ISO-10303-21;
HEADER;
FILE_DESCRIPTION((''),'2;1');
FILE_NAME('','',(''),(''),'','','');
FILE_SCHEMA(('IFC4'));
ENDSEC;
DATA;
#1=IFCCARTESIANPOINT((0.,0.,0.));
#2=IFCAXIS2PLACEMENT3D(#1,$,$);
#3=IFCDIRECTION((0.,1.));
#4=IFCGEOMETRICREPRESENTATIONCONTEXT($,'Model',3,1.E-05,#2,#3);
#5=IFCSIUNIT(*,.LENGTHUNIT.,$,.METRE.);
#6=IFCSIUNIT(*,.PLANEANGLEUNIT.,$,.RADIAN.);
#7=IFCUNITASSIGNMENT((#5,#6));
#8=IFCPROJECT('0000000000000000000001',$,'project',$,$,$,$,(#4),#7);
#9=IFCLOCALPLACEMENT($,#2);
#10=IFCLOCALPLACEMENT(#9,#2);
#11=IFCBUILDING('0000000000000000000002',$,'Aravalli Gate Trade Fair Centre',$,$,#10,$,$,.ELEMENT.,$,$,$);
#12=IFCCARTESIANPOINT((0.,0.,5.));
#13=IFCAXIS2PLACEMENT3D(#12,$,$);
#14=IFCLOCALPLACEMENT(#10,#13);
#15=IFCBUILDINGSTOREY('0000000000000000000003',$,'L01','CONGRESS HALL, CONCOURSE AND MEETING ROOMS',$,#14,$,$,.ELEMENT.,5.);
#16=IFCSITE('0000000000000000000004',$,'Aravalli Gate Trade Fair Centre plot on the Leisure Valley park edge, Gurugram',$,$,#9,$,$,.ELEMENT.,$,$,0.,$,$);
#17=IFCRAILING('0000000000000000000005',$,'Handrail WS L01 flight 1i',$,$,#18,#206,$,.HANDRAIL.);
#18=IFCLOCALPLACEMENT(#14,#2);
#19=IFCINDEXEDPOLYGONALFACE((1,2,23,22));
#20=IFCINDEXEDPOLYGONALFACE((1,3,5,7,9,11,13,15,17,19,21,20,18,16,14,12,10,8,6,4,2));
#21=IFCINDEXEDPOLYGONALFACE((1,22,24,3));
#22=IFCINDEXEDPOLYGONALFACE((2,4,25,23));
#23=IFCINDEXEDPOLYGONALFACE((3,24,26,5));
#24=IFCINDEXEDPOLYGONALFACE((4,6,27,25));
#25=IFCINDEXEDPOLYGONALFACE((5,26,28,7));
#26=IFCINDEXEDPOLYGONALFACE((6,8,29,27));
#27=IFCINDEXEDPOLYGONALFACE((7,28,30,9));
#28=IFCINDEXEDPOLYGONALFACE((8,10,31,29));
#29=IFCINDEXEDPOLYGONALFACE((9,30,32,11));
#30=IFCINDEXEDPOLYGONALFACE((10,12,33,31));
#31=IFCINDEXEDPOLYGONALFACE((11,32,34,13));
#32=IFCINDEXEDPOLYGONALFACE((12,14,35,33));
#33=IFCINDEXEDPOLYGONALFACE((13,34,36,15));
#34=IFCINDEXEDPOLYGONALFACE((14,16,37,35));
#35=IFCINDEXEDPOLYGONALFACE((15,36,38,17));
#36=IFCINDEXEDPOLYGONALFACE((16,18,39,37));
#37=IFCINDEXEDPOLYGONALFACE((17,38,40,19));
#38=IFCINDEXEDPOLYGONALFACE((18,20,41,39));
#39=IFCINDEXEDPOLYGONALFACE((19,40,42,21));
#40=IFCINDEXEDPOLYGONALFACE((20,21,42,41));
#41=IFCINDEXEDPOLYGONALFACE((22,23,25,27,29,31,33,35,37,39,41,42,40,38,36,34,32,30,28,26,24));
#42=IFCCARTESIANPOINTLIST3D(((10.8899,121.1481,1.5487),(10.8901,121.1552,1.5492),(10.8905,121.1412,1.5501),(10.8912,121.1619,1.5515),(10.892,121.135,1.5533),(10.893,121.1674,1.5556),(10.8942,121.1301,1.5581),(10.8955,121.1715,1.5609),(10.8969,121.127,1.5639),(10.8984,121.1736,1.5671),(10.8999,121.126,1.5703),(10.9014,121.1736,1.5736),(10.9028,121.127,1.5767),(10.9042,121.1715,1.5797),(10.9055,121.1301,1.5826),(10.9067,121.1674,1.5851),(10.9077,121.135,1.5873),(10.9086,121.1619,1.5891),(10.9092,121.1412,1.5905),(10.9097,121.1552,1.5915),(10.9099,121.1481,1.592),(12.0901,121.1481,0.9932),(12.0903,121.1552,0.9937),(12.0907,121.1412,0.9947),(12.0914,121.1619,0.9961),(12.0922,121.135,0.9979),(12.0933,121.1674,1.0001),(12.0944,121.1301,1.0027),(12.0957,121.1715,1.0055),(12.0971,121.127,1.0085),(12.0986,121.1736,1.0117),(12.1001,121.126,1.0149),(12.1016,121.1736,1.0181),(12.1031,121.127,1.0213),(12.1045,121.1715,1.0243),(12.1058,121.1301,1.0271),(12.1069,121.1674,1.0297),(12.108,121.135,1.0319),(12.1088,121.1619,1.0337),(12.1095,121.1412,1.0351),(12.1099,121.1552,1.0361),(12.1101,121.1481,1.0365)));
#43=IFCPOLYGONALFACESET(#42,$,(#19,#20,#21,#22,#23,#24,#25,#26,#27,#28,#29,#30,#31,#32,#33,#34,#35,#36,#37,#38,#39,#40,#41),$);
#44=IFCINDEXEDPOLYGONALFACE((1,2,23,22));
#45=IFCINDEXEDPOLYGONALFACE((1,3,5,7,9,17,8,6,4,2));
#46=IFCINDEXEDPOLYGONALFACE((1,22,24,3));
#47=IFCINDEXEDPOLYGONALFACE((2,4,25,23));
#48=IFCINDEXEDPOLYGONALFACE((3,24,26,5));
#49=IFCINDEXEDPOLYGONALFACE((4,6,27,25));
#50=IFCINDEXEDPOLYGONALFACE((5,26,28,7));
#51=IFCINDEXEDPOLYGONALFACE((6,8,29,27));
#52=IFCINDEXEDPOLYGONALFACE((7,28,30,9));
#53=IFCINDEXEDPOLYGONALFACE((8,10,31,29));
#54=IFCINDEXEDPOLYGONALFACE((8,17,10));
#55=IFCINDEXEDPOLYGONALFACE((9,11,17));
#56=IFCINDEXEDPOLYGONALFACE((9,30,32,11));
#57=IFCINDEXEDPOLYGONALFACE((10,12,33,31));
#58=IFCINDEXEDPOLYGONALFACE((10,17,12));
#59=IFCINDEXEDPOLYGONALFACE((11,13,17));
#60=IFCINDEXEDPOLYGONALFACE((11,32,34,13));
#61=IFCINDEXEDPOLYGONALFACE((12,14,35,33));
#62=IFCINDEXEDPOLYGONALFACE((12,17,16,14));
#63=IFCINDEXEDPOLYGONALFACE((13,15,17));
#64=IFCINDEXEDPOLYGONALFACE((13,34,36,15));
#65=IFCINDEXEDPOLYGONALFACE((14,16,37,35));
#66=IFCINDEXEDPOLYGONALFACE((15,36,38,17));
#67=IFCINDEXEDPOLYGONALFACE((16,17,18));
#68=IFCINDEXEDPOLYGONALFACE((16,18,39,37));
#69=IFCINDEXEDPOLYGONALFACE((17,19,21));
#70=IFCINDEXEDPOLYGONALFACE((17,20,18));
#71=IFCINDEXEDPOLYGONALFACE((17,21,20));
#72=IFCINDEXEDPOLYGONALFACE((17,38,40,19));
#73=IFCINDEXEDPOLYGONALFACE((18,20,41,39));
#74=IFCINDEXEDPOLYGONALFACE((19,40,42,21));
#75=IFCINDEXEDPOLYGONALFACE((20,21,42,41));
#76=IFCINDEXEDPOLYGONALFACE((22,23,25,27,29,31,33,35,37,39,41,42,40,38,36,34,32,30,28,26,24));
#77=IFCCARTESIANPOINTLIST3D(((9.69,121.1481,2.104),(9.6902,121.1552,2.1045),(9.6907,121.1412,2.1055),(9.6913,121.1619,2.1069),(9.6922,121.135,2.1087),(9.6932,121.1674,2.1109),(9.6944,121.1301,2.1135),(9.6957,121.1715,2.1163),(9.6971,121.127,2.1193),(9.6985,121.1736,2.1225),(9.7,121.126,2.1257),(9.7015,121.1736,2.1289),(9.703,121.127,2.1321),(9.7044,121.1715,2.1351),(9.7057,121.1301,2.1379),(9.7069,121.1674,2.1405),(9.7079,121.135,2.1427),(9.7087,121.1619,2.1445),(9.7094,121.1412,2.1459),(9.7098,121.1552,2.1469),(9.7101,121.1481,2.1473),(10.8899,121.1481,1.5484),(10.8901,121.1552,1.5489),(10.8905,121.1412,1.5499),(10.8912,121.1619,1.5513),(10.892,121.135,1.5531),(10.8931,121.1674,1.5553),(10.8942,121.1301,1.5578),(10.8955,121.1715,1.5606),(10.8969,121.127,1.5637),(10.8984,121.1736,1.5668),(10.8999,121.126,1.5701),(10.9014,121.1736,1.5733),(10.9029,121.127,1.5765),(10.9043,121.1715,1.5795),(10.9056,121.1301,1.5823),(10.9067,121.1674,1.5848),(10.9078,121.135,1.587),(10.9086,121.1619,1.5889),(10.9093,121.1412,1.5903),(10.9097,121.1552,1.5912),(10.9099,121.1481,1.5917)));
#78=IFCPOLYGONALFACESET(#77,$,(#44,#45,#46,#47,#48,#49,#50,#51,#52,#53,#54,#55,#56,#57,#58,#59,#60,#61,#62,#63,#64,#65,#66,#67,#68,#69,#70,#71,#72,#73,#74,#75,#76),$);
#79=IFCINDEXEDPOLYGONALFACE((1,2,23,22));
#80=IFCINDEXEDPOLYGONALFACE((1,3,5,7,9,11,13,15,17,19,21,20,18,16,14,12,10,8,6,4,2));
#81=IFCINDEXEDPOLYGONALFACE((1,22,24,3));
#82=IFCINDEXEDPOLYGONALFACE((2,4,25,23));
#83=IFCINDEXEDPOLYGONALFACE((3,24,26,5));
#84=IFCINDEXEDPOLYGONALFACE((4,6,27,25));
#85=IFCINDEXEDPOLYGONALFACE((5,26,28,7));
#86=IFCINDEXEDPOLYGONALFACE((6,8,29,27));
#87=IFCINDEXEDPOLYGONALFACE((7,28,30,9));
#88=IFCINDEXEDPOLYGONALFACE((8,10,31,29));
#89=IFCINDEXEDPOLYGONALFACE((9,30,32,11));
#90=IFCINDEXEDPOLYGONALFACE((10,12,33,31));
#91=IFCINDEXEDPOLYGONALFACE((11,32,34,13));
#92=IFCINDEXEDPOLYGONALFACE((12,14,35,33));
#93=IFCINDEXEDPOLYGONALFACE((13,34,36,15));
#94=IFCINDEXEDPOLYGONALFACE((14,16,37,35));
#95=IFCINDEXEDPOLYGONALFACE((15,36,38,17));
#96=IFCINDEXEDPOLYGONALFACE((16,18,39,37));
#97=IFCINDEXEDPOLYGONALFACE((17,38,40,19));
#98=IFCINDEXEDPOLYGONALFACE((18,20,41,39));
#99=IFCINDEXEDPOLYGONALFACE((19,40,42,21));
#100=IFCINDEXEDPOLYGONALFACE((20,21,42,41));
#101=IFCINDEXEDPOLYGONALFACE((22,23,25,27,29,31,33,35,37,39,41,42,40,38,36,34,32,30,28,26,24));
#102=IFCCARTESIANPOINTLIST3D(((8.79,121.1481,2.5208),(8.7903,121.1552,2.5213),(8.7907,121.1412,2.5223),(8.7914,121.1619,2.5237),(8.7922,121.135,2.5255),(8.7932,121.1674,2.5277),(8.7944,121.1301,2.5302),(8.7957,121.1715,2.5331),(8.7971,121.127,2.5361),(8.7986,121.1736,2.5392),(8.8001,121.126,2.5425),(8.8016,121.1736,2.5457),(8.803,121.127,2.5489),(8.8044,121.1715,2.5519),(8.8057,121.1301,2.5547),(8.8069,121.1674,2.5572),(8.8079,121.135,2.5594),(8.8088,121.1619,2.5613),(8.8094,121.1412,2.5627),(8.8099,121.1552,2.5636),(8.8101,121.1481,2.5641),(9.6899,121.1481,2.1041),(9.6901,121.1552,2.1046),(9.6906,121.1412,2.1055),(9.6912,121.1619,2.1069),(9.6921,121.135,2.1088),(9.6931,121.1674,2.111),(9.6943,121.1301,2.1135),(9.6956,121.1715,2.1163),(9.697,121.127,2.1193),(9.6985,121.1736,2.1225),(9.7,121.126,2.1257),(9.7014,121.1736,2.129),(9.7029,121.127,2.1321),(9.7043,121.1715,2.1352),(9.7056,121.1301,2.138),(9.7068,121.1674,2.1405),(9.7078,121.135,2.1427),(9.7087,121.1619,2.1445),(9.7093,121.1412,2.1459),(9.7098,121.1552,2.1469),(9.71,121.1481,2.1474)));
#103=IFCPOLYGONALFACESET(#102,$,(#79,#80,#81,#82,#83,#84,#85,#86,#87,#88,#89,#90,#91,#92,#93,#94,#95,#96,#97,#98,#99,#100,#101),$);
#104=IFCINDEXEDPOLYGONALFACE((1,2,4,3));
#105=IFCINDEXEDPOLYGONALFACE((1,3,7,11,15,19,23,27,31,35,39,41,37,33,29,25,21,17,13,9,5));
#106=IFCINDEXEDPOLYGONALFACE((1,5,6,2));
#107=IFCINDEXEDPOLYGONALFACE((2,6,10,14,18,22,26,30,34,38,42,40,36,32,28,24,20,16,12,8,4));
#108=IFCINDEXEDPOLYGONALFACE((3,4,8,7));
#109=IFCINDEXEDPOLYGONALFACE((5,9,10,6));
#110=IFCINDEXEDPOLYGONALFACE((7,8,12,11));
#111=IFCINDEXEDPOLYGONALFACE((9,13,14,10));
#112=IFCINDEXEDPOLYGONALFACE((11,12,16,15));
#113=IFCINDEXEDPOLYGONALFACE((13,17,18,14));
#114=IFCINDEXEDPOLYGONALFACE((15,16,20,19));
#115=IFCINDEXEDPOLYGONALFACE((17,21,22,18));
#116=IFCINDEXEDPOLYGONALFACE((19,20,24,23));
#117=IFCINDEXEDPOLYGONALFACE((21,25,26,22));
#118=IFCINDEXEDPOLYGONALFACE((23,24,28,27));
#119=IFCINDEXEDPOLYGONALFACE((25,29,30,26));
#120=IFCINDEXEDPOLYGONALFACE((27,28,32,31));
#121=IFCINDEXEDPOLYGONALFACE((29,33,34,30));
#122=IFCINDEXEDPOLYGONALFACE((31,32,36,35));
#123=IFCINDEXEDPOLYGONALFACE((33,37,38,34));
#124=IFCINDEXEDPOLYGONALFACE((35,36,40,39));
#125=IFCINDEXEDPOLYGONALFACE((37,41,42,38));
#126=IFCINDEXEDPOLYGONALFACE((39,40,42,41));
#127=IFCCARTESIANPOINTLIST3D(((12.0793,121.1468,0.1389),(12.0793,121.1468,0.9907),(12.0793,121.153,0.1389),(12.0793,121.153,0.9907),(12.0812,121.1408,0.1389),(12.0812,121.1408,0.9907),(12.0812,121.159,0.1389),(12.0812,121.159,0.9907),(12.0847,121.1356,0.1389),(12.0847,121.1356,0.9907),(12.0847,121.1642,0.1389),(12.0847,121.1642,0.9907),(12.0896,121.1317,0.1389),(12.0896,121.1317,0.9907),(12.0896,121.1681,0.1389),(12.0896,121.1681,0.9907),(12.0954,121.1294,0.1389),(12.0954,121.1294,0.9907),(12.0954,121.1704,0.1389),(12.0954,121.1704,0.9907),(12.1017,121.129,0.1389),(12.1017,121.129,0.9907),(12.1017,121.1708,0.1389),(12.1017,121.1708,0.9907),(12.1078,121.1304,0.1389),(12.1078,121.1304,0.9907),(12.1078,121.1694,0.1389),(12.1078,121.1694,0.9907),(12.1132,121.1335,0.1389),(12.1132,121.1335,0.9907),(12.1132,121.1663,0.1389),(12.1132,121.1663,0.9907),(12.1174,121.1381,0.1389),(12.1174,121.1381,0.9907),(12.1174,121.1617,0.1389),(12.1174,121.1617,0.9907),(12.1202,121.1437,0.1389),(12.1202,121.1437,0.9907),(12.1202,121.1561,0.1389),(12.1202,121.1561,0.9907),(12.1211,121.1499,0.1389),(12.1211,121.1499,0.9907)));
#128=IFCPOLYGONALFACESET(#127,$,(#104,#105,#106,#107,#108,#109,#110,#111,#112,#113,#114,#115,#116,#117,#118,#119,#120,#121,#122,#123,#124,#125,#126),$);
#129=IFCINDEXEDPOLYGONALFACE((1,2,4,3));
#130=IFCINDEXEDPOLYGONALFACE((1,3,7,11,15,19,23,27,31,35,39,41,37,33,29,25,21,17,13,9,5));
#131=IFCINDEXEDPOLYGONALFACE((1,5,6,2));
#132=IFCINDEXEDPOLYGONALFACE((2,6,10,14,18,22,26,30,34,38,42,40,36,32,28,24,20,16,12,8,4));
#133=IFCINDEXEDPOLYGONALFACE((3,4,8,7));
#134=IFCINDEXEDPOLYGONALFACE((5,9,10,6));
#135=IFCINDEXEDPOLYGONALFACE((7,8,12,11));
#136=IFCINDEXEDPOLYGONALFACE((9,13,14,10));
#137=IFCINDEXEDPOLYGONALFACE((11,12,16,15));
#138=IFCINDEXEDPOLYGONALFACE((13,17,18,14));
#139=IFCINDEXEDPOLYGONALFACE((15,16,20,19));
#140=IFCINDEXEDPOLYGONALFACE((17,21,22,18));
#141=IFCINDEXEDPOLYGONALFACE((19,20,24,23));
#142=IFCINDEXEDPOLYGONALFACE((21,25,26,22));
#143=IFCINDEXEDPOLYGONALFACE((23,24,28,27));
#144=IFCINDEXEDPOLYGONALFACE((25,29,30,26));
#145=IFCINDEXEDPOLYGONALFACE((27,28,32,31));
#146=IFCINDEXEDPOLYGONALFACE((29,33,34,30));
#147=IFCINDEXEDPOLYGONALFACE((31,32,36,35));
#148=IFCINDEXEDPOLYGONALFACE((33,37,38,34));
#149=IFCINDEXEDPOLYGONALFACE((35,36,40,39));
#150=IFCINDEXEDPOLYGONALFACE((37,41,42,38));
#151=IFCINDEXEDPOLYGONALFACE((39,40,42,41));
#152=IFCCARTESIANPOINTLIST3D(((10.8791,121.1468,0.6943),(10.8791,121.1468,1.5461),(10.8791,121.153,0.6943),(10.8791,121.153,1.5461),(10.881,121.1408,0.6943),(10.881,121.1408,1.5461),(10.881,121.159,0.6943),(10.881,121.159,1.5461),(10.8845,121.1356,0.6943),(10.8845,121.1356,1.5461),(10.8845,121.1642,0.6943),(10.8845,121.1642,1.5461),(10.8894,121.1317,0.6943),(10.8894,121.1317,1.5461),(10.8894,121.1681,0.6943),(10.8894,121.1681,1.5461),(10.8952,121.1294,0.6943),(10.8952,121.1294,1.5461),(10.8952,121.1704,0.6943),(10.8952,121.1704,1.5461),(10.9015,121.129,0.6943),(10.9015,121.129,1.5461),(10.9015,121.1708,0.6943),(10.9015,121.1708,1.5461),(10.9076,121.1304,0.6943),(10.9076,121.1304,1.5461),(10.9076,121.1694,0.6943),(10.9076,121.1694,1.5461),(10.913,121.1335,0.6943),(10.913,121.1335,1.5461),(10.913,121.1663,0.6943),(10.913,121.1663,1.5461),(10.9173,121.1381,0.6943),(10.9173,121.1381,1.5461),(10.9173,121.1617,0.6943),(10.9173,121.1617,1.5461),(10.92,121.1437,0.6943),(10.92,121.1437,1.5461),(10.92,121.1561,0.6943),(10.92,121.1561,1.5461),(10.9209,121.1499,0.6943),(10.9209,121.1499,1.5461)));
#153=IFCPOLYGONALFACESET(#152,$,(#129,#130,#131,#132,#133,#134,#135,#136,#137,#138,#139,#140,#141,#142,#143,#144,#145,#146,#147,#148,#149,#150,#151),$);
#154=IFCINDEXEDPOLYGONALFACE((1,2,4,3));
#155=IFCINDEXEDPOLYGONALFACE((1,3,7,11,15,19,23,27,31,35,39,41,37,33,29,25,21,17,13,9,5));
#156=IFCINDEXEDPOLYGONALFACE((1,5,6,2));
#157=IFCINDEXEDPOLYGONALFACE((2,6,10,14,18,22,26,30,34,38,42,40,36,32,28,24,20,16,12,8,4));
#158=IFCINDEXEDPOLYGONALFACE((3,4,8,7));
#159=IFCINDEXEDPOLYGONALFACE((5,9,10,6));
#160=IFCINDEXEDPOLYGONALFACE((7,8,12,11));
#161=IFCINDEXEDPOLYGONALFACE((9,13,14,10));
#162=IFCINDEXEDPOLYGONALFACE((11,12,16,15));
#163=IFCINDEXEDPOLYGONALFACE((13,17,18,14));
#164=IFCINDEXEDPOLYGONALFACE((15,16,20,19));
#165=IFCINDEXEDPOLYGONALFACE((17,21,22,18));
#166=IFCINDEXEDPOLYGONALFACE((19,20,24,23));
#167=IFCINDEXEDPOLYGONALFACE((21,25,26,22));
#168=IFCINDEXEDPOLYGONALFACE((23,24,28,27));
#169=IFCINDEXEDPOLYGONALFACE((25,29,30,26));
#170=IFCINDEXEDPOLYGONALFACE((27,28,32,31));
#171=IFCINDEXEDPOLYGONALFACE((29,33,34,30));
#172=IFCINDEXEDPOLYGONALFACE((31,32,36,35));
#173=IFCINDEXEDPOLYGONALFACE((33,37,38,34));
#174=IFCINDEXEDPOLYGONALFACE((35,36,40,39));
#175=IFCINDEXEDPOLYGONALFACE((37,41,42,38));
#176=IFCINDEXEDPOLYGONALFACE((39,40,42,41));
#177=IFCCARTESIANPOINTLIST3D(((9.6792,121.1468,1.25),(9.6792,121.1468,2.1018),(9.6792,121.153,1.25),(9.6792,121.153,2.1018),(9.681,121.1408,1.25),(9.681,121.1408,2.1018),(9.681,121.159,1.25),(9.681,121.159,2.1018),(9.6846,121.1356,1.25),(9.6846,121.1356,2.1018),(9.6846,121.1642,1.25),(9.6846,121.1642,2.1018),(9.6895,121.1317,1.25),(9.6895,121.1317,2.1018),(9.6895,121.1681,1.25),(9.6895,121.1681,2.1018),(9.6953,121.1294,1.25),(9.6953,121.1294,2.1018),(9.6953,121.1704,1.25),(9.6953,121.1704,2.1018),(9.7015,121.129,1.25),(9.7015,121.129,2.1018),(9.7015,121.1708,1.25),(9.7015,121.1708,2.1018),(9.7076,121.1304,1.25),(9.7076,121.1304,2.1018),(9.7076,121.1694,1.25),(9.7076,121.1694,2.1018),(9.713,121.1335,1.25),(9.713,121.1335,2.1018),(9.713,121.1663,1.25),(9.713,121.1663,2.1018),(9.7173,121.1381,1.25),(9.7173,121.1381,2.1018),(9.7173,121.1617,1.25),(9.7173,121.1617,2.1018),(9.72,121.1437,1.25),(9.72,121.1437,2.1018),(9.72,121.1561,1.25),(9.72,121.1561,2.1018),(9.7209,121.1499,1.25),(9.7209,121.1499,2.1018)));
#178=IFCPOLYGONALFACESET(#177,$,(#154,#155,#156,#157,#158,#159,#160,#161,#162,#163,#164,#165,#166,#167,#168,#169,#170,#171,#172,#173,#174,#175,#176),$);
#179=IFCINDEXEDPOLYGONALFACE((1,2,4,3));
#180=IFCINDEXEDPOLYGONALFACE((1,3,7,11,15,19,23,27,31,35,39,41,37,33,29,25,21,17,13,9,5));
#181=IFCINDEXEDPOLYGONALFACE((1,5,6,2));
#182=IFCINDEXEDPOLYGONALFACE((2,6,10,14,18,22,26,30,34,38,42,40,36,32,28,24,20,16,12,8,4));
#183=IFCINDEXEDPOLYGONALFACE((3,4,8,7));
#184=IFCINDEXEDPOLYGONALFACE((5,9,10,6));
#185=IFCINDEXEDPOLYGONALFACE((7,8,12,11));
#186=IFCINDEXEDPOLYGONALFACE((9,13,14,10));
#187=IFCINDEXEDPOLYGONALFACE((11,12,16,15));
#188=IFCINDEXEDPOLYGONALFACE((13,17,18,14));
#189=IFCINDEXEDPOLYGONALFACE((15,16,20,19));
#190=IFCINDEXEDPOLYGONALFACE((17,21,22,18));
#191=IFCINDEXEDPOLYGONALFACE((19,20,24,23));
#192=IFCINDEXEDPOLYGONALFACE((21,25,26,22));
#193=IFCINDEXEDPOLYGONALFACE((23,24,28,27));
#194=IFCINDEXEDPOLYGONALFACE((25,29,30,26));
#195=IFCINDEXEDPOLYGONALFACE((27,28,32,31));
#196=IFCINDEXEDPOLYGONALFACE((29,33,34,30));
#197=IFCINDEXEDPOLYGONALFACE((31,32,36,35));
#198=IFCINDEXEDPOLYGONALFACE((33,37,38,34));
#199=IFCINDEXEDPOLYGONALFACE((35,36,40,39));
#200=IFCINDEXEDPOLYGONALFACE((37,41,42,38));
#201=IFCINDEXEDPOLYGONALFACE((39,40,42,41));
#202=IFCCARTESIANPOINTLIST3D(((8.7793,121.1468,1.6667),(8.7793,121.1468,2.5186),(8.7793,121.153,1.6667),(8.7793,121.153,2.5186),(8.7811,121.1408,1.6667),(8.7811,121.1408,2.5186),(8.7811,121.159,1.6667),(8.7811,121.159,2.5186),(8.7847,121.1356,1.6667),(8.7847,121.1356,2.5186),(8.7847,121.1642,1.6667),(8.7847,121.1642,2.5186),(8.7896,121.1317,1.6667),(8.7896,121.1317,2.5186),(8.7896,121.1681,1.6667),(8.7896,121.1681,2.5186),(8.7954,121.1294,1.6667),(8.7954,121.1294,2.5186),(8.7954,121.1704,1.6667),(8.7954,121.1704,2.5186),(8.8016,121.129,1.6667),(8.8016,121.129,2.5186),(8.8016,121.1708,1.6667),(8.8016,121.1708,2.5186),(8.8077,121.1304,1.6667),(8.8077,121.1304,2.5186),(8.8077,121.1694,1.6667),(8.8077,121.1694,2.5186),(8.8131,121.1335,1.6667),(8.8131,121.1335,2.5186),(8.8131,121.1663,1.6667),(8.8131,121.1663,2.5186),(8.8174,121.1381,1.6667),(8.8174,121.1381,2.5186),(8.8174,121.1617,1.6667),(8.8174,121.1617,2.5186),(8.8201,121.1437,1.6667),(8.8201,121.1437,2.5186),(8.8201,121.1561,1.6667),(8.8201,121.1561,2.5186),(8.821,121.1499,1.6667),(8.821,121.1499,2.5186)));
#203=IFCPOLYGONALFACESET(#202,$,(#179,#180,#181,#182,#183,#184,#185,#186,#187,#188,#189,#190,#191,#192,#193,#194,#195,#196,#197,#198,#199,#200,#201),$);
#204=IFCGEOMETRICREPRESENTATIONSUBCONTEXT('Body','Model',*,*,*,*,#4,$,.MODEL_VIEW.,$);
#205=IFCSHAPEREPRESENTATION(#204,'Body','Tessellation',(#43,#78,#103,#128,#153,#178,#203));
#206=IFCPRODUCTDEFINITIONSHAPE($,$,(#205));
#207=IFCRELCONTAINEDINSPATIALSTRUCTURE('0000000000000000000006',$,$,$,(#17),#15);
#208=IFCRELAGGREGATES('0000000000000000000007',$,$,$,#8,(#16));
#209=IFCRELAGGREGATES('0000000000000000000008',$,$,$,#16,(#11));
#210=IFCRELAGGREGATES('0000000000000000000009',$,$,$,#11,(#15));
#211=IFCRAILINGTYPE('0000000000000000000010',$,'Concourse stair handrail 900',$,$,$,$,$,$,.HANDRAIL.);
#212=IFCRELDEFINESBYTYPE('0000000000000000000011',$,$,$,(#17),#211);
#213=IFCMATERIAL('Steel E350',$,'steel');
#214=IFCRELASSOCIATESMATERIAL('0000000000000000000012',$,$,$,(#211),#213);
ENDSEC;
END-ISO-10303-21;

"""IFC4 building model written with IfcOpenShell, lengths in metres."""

from ifc_helpers import new_model, si_unit, direction, frame, origin, origin_2d, place, context, subcontext, project, spatial, circle, extrude, material, type_object, element, save


model = new_model("IFC4")

# Units and contexts
model_context = context("Model", 3, precision=1e-05, world=origin(), true_north=direction((0.0, 1.0)))
body_context = subcontext(model_context, "Body", "Model", "MODEL_VIEW")
ifc_project = project(units=[si_unit("LENGTHUNIT", "METRE"), si_unit("PLANEANGLEUNIT", "RADIAN")], contexts=[model_context])

# Site, building, storey
site_placement = place(None, origin())
site = spatial("IfcSite", under=ifc_project, at=site_placement, Name="Aravalli Gate Trade Fair Centre plot on the Leisure Valley park edge, Gurugram", CompositionType="ELEMENT", RefElevation=0.0)
building_placement = place(site_placement, origin())
building = spatial("IfcBuilding", under=site, at=building_placement, Name="Aravalli Gate Trade Fair Centre", CompositionType="ELEMENT")
storey_placement = place(building_placement, frame((0.0, 0.0, 5.0)))
storey = spatial("IfcBuildingStorey", under=building, at=storey_placement, Name="L01", Description="CONGRESS HALL, CONCOURSE AND MEETING ROOMS", CompositionType="ELEMENT", Elevation=5.0)

# Shared definitions
ifc_material_1 = material(Name="Steel E350", Category="steel")

# Railing
railing_type = type_object("IfcRailingType", Name="Concourse stair handrail 900", PredefinedType="HANDRAIL", material=ifc_material_1)
for number, where, name in (
    (1, (12.1001, 121.1499, 0.1389), "Handrail WS L01 flight 1i"),
):
    element("IfcRailing", number, at=place(storey_placement, frame(where)), inside=storey, type_object=railing_type, Name=name, PredefinedType="HANDRAIL", context=body_context, shape_type="SweptSolid", body=[
        extrude(circle(Radius=0.0239, at=origin_2d()), frame((0.0, 0.0, 0.876), z_axis=(-0.907532, 0.0, 0.419983), x_axis=(0.0, -1.0, 0.0)), (0.0, 0.0, 1.0), 1.3225),
        extrude(circle(Radius=0.0239, at=origin_2d()), frame((-1.2002, 0.0, 1.4312), z_axis=(-0.907429, 0.0, 0.420205), x_axis=(0.0, -1.0, 0.0)), (0.0, 0.0, 1.0), 1.3223),
        extrude(circle(Radius=0.0239, at=origin_2d()), frame((-2.4001, 0.0, 1.9868), z_axis=(-0.907418, 0.0, 0.420229), x_axis=(0.0, -1.0, 0.0)), (0.0, 0.0, 1.0), 0.9917),
        extrude(circle(Radius=0.021, at=origin_2d()), origin(), (0.0, 0.0, 1.0), 0.8518),
        extrude(circle(Radius=0.021, at=origin_2d()), frame((-1.2002, 0.0, 0.5554)), (0.0, 0.0, 1.0), 0.8518),
        extrude(circle(Radius=0.021, at=origin_2d()), frame((-2.4001, 0.0, 1.1111)), (0.0, 0.0, 1.0), 0.8518),
        extrude(circle(Radius=0.021, at=origin_2d()), frame((-3.3, 0.0, 1.5278)), (0.0, 0.0, 1.0), 0.8518),
    ])

save(model, "model.ifc")
